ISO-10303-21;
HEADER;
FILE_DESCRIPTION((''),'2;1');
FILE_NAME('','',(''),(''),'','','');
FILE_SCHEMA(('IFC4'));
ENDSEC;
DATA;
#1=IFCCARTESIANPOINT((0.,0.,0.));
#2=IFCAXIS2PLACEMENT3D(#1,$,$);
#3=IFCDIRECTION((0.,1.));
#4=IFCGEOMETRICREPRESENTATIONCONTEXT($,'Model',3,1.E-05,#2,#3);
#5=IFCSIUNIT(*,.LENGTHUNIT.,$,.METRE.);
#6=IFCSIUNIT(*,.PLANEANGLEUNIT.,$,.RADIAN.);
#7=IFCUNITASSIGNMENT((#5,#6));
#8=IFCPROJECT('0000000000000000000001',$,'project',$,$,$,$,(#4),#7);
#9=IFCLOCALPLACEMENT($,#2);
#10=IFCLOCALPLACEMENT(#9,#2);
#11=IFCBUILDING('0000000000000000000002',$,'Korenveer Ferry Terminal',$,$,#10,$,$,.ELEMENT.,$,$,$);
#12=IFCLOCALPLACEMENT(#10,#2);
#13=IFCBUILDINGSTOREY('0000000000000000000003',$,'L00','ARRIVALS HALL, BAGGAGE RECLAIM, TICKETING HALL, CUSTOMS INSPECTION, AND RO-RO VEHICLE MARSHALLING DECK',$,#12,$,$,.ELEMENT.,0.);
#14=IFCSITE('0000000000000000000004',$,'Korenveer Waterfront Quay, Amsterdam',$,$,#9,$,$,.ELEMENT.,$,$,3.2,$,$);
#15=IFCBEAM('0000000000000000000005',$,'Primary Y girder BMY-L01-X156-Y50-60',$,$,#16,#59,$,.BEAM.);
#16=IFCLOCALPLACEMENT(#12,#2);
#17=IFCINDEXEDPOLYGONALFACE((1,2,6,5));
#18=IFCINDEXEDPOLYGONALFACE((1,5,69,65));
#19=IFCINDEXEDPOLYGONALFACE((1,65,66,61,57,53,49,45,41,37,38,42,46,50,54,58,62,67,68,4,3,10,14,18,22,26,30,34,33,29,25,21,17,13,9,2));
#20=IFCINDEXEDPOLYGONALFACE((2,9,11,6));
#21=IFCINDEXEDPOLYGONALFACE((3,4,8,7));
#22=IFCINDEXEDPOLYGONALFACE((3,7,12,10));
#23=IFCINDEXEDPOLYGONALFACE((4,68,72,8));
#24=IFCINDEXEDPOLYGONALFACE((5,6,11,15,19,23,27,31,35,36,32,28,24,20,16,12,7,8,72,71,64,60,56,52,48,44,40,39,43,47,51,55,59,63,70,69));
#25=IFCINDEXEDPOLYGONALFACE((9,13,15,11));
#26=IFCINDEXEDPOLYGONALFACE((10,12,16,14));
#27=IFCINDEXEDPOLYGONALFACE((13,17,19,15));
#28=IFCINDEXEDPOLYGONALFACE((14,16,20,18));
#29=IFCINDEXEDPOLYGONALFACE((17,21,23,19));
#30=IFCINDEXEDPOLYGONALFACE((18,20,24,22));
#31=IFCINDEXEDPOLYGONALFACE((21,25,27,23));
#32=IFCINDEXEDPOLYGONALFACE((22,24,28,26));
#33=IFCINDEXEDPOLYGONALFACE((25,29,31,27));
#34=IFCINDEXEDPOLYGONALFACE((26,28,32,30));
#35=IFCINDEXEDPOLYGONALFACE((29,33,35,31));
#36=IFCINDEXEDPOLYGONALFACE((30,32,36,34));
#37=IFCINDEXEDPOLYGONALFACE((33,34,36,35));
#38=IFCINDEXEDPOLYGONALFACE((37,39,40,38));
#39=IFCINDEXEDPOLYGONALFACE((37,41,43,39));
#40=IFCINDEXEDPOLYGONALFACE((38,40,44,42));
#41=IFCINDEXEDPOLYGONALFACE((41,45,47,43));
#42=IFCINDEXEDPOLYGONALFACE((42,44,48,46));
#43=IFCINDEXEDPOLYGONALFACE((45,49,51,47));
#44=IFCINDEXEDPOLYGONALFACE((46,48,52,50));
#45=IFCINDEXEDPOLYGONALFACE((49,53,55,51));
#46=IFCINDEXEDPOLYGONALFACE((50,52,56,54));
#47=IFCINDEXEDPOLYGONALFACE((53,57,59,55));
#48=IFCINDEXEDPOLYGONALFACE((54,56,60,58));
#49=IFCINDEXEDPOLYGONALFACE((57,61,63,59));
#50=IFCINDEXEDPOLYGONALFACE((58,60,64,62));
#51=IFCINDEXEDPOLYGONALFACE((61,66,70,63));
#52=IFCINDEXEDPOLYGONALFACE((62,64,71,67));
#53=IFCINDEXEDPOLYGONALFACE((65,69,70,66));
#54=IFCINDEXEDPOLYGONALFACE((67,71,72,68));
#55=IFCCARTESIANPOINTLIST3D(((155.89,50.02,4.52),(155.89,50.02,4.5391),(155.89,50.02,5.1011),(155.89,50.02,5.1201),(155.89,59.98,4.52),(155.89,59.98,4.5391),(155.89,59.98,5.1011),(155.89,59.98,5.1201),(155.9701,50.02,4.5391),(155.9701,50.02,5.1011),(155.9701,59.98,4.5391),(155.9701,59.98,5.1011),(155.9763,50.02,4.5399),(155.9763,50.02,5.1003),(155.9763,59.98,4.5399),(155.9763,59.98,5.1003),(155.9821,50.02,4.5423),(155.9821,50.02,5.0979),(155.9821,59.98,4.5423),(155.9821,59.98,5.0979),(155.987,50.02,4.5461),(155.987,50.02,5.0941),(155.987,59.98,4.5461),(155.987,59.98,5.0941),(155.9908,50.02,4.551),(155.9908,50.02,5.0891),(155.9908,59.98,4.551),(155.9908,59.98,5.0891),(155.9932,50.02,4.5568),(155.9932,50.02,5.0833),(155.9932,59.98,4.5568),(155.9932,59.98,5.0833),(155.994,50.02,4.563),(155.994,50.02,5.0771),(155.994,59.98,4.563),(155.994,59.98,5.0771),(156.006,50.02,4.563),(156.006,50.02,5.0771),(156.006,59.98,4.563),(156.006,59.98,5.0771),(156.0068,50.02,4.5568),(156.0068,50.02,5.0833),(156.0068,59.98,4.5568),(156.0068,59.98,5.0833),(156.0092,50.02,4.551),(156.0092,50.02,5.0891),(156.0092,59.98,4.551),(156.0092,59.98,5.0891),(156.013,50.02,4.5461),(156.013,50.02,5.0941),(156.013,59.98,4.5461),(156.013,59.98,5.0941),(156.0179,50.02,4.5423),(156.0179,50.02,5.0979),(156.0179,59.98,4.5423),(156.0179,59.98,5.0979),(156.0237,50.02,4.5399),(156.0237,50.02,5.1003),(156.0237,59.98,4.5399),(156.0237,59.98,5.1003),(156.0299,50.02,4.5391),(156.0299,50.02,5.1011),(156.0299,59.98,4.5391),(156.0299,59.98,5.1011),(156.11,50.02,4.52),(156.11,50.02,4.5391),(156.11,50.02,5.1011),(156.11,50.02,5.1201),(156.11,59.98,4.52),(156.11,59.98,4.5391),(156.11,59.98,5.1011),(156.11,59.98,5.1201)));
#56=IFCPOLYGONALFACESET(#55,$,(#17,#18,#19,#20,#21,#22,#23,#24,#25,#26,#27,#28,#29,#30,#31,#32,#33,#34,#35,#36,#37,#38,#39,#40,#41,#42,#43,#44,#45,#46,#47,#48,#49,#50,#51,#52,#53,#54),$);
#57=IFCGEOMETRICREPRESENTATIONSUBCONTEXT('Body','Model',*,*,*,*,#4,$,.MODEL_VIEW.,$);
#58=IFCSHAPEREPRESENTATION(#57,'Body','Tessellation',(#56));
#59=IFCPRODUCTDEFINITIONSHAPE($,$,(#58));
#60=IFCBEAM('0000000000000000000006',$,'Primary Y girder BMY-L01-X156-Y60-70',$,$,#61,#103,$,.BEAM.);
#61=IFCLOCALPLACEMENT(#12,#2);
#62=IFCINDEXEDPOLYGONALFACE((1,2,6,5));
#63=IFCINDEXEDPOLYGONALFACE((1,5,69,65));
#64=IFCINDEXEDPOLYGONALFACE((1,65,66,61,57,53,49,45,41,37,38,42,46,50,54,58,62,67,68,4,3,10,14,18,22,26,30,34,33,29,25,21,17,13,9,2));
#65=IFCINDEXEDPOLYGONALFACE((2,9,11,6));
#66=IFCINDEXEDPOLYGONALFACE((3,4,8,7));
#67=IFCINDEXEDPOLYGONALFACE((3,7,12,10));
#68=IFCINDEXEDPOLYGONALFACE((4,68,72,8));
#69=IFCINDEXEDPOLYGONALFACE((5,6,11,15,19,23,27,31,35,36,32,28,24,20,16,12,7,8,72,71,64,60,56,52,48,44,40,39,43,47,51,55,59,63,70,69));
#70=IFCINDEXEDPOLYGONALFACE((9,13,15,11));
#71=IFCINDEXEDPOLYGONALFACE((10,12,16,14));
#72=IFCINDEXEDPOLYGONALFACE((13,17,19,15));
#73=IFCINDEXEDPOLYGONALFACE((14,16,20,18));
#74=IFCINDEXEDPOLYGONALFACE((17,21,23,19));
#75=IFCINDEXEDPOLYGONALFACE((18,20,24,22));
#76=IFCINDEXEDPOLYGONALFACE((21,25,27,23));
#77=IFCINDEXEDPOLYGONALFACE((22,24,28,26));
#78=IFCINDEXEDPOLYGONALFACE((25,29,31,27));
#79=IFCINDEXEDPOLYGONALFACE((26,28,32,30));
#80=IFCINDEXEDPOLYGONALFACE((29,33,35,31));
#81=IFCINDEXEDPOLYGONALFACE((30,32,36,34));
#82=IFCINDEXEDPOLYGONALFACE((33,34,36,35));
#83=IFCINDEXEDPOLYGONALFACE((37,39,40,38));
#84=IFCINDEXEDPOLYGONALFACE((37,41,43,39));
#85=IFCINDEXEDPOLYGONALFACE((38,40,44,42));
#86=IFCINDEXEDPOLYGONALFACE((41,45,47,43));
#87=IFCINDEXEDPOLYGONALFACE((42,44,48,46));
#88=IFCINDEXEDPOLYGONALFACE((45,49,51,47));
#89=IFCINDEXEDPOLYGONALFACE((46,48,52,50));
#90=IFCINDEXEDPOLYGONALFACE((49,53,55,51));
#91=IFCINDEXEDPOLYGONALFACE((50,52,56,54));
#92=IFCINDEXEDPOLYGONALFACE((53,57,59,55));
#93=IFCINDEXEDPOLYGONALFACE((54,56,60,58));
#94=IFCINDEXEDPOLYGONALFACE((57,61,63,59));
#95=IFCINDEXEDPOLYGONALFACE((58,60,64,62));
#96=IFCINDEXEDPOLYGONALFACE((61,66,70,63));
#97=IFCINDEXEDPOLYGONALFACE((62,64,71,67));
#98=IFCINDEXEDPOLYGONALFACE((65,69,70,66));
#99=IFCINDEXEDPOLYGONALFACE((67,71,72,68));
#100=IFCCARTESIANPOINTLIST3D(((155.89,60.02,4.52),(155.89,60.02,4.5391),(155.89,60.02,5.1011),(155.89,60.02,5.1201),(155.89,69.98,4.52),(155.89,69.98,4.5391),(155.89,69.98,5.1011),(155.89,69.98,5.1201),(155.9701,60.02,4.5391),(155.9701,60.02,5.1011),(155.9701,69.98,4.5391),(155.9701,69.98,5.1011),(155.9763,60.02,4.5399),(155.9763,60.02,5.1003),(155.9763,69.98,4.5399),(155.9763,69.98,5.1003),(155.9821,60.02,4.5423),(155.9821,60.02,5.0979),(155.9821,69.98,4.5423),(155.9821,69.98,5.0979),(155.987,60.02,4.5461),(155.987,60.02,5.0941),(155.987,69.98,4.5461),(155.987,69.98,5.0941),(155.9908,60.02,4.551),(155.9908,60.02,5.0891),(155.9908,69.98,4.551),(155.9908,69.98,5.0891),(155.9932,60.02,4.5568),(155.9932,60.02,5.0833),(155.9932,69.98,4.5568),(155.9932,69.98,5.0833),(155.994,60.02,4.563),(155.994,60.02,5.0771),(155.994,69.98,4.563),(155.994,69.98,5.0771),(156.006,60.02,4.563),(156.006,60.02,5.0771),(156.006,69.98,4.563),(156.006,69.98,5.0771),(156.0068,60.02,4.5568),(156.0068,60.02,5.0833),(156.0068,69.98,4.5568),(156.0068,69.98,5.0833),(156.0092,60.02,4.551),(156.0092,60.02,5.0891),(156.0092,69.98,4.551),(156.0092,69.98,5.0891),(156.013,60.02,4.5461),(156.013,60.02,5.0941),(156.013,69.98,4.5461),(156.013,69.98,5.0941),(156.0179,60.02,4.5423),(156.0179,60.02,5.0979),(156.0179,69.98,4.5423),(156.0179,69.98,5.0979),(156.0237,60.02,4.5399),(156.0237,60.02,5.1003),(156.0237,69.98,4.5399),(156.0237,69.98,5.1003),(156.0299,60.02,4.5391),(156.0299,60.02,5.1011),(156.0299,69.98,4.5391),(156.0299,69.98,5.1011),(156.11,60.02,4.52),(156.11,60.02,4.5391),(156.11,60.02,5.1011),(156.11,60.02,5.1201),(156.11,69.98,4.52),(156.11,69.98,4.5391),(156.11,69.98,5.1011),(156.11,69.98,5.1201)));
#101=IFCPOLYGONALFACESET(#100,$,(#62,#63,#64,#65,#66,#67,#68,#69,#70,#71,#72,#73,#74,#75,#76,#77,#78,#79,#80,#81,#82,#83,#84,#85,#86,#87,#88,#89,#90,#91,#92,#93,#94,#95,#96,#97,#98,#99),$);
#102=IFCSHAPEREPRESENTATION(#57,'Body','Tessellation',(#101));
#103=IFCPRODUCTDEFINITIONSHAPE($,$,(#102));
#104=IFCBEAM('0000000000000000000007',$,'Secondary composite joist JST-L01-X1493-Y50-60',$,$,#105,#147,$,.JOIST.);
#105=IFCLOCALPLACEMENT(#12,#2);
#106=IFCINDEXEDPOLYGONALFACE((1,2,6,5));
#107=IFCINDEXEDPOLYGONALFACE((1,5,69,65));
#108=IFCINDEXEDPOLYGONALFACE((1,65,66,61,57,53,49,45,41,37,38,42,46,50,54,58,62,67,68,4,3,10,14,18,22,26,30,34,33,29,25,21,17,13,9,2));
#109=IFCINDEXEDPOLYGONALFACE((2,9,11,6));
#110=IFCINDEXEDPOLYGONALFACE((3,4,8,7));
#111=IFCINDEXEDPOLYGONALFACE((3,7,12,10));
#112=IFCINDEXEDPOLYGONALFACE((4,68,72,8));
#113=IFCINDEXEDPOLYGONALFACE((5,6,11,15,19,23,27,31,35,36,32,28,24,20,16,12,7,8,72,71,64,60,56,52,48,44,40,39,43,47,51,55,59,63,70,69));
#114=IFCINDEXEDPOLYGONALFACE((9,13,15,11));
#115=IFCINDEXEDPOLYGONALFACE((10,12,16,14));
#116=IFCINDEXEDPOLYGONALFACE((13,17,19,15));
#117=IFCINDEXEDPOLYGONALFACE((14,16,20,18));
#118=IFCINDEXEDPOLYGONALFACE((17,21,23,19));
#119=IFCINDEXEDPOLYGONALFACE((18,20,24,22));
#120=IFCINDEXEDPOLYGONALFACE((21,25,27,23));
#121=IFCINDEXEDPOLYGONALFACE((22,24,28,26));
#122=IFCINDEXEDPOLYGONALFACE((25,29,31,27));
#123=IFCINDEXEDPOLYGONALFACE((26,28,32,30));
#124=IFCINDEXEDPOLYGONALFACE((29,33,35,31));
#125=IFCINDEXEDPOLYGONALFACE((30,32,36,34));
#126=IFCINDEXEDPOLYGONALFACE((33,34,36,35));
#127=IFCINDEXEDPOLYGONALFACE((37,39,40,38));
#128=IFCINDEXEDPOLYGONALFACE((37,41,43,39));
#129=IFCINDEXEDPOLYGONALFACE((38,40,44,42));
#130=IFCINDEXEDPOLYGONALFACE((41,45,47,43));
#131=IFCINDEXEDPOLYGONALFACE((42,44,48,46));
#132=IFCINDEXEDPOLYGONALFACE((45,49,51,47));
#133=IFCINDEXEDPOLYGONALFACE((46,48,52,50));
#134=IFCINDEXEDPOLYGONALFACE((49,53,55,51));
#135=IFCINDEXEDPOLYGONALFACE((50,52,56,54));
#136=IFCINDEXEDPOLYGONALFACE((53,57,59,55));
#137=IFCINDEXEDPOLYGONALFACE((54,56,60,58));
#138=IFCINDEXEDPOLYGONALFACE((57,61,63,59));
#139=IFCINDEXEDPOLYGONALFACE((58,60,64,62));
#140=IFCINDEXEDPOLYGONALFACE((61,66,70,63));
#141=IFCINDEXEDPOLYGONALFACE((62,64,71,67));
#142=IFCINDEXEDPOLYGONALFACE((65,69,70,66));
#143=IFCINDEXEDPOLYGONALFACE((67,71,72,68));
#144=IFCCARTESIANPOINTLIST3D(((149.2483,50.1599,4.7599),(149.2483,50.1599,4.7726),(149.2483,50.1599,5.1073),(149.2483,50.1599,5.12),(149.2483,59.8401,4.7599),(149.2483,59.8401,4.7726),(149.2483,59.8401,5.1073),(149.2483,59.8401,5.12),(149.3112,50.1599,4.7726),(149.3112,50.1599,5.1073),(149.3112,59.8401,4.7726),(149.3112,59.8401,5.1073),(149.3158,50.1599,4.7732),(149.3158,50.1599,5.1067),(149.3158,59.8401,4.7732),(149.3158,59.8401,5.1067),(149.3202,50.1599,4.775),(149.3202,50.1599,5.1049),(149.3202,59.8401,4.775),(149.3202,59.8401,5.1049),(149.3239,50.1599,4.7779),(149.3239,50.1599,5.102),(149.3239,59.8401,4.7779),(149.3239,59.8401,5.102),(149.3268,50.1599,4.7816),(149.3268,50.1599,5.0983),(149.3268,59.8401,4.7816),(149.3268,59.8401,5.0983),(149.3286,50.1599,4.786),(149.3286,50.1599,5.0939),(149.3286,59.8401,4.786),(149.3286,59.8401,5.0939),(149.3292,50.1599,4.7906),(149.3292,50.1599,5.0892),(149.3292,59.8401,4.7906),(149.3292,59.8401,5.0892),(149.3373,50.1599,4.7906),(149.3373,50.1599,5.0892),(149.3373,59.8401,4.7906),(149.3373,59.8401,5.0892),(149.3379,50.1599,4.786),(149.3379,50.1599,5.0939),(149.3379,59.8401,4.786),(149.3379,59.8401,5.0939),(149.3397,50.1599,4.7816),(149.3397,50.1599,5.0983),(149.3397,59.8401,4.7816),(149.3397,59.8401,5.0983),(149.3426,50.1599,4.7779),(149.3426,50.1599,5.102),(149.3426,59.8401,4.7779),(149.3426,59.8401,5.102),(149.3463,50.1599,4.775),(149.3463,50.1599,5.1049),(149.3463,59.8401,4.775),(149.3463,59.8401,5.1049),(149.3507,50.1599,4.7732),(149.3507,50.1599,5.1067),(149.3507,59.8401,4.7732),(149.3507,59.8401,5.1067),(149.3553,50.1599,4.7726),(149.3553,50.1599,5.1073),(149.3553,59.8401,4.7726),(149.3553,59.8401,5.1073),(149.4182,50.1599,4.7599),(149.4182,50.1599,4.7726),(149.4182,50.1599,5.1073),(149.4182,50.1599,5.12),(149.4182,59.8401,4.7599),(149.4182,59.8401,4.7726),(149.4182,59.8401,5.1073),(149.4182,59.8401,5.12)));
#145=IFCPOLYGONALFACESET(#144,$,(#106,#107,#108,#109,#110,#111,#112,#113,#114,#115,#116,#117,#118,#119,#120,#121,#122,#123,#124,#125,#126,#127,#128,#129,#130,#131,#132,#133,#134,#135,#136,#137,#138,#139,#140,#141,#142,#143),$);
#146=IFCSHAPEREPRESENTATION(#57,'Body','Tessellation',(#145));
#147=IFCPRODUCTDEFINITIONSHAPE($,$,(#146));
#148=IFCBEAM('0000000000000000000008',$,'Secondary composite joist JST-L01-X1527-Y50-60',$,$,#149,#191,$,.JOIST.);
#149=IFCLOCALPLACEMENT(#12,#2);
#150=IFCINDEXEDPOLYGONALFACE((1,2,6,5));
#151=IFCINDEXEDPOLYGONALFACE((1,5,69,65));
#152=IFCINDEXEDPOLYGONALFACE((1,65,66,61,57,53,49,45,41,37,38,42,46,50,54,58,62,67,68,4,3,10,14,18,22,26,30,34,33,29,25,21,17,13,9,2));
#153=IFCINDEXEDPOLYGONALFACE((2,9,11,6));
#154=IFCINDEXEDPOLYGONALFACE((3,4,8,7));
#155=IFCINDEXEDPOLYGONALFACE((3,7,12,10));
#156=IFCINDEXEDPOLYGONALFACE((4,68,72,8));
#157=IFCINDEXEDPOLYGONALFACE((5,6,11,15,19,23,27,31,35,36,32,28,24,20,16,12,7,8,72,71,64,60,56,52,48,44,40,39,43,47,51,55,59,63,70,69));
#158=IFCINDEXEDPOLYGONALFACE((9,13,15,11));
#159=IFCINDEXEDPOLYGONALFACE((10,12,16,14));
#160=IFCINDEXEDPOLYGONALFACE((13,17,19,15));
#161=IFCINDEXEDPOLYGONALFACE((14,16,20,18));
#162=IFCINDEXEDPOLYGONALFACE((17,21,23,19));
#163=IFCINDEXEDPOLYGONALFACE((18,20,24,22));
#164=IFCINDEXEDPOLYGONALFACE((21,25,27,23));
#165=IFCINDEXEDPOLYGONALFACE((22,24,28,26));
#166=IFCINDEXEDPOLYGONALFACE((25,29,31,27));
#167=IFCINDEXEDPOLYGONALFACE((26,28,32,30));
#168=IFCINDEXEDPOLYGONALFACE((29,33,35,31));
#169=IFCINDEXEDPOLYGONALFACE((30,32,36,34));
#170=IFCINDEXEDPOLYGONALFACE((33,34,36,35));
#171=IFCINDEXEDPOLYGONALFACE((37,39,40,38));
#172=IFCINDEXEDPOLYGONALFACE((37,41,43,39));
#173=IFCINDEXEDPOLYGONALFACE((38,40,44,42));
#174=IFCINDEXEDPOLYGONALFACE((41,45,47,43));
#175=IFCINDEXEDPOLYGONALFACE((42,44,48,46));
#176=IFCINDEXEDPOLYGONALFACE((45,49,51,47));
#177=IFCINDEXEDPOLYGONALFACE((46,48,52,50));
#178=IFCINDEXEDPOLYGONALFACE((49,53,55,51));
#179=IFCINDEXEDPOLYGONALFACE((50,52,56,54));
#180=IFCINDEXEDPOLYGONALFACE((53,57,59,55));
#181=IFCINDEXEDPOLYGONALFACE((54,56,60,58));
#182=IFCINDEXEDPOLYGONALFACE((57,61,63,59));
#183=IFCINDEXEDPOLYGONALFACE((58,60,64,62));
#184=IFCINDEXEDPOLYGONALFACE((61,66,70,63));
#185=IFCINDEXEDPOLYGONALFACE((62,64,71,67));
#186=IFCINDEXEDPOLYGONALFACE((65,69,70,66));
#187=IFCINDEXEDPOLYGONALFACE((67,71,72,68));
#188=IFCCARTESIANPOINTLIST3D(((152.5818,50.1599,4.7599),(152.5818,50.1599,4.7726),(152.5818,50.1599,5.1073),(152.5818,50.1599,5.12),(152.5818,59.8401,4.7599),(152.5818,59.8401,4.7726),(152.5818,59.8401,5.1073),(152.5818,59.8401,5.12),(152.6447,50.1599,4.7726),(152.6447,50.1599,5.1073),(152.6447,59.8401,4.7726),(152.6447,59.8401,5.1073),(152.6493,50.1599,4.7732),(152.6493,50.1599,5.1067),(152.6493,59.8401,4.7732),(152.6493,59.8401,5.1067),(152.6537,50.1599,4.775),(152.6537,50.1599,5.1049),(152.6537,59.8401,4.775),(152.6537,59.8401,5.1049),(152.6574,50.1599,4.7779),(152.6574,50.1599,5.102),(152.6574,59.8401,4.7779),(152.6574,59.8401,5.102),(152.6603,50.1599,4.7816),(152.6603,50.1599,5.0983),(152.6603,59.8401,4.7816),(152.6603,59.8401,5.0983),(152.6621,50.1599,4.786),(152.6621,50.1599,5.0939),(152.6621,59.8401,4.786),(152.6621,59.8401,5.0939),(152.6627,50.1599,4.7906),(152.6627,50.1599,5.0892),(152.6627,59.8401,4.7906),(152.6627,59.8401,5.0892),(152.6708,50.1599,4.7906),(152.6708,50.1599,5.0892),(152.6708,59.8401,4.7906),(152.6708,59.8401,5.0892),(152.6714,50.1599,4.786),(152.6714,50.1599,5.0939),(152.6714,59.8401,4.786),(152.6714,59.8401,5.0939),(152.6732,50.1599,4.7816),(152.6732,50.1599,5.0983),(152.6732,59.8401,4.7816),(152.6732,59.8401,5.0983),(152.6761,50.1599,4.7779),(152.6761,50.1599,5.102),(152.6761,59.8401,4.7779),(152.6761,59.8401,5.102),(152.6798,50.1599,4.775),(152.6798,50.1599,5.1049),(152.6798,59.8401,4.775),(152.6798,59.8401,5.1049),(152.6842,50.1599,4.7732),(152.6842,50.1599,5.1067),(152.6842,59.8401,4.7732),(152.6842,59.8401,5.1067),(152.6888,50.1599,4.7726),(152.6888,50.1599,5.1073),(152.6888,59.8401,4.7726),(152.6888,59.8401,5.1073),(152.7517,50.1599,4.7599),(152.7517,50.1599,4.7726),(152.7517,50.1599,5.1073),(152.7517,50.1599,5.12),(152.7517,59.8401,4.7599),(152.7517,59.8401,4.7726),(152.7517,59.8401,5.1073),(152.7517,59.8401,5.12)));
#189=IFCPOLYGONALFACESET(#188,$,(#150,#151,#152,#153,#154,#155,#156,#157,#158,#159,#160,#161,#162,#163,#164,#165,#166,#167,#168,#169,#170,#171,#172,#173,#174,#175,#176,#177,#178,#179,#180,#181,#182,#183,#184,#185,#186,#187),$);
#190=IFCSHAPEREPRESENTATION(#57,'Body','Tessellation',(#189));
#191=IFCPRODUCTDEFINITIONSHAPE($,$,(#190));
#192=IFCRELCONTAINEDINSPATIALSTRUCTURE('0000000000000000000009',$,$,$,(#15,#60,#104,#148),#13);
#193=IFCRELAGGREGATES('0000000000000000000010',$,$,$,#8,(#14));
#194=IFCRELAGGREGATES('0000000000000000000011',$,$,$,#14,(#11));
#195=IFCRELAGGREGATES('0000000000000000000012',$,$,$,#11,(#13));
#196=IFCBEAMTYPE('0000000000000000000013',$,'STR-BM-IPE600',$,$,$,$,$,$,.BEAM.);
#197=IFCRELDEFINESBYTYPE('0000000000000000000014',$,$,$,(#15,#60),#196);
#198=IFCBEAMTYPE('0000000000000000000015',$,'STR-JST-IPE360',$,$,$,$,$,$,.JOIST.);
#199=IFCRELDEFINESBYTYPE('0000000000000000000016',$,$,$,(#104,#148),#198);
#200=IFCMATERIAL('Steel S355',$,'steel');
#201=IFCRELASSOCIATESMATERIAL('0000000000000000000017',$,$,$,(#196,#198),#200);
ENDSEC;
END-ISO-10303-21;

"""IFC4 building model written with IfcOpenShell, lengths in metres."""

from ifc_helpers import new_model, si_unit, direction, frame, origin, origin_2d, place, context, subcontext, project, spatial, i_section, extrude, material, material_profile, profile_set, type_object, element, save


model = new_model("IFC4")

# Units and contexts
model_context = context("Model", 3, precision=1e-05, world=origin(), true_north=direction((0.0, 1.0)))
body_context = subcontext(model_context, "Body", "Model", "MODEL_VIEW")
ifc_project = project(units=[si_unit("LENGTHUNIT", "METRE"), si_unit("PLANEANGLEUNIT", "RADIAN")], contexts=[model_context])

# Site, building, storey
site_placement = place(None, origin())
site = spatial("IfcSite", under=ifc_project, at=site_placement, Name="Korenveer Waterfront Quay, Amsterdam", CompositionType="ELEMENT", RefElevation=3.2)
building_placement = place(site_placement, origin())
building = spatial("IfcBuilding", under=site, at=building_placement, Name="Korenveer Ferry Terminal", CompositionType="ELEMENT")
storey_placement = place(building_placement, origin())
storey = spatial("IfcBuildingStorey", under=building, at=storey_placement, Name="L00", Description="ARRIVALS HALL, BAGGAGE RECLAIM, TICKETING HALL, CUSTOMS INSPECTION, AND RO-RO VEHICLE MARSHALLING DECK", CompositionType="ELEMENT", Elevation=0.0)

# Beams
ifc_material_1 = material(Name="Steel S355", Category="steel")
ifc_material_profile_1 = material_profile(ifc_material_1, i_section(OverallWidth=0.22, OverallDepth=0.6001, WebThickness=0.012, FlangeThickness=0.019, FilletRadius=0.0239, at=origin_2d()), Name="IPE 600")
ifc_profile_set_1 = profile_set([ifc_material_profile_1], Name="Steel S355")
beam_type_1 = type_object("IfcBeamType", Name="STR-BM-IPE600", PredefinedType="BEAM", material=ifc_profile_set_1)
for number, where, z_axis, x_axis, name in (
    (1, (156.0, 50.02, 4.8201), (0.0, 1.0, 0.0), (-1.0, 0.0, 0.0), "Primary Y girder BMY-L01-X156-Y50-60"),
    (2, (156.0, 60.02, 4.8201), (0.0, 1.0, 0.0), (-1.0, 0.0, 0.0), "Primary Y girder BMY-L01-X156-Y60-70"),
):
    element("IfcBeam", number, at=place(storey_placement, frame(where, z_axis=z_axis, x_axis=x_axis)), inside=storey, type_object=beam_type_1, Name=name, PredefinedType="BEAM", context=body_context, shape_type="SweptSolid", body=[
        extrude(i_section(OverallWidth=0.22, OverallDepth=0.6001, WebThickness=0.012, FlangeThickness=0.019, FilletRadius=0.0239, at=origin_2d()), origin(), (0.0, 0.0, 1.0), 9.96),
    ])
ifc_material_profile_2 = material_profile(ifc_material_1, i_section(OverallWidth=0.1699, OverallDepth=0.3601, WebThickness=0.0081, FlangeThickness=0.0127, FilletRadius=0.0181, at=origin_2d()), Name="IPE 360")
ifc_profile_set_2 = profile_set([ifc_material_profile_2], Name="Steel S355")
beam_type_2 = type_object("IfcBeamType", Name="STR-JST-IPE360", PredefinedType="JOIST", material=ifc_profile_set_2)
for number, where, z_axis, x_axis, name in (
    (3, (149.3333, 50.1599, 4.9399), (0.0, 1.0, 0.0), (-1.0, 0.0, 0.0), "Secondary composite joist JST-L01-X1493-Y50-60"),
    (4, (152.6667, 50.1599, 4.9399), (0.0, 1.0, 0.0), (-1.0, 0.0, 0.0), "Secondary composite joist JST-L01-X1527-Y50-60"),
):
    element("IfcBeam", number, at=place(storey_placement, frame(where, z_axis=z_axis, x_axis=x_axis)), inside=storey, type_object=beam_type_2, Name=name, PredefinedType="JOIST", context=body_context, shape_type="SweptSolid", body=[
        extrude(i_section(OverallWidth=0.1699, OverallDepth=0.3601, WebThickness=0.0081, FlangeThickness=0.0127, FilletRadius=0.0181, at=origin_2d()), origin(), (0.0, 0.0, 1.0), 9.6802),
    ])

save(model, "model.ifc")
